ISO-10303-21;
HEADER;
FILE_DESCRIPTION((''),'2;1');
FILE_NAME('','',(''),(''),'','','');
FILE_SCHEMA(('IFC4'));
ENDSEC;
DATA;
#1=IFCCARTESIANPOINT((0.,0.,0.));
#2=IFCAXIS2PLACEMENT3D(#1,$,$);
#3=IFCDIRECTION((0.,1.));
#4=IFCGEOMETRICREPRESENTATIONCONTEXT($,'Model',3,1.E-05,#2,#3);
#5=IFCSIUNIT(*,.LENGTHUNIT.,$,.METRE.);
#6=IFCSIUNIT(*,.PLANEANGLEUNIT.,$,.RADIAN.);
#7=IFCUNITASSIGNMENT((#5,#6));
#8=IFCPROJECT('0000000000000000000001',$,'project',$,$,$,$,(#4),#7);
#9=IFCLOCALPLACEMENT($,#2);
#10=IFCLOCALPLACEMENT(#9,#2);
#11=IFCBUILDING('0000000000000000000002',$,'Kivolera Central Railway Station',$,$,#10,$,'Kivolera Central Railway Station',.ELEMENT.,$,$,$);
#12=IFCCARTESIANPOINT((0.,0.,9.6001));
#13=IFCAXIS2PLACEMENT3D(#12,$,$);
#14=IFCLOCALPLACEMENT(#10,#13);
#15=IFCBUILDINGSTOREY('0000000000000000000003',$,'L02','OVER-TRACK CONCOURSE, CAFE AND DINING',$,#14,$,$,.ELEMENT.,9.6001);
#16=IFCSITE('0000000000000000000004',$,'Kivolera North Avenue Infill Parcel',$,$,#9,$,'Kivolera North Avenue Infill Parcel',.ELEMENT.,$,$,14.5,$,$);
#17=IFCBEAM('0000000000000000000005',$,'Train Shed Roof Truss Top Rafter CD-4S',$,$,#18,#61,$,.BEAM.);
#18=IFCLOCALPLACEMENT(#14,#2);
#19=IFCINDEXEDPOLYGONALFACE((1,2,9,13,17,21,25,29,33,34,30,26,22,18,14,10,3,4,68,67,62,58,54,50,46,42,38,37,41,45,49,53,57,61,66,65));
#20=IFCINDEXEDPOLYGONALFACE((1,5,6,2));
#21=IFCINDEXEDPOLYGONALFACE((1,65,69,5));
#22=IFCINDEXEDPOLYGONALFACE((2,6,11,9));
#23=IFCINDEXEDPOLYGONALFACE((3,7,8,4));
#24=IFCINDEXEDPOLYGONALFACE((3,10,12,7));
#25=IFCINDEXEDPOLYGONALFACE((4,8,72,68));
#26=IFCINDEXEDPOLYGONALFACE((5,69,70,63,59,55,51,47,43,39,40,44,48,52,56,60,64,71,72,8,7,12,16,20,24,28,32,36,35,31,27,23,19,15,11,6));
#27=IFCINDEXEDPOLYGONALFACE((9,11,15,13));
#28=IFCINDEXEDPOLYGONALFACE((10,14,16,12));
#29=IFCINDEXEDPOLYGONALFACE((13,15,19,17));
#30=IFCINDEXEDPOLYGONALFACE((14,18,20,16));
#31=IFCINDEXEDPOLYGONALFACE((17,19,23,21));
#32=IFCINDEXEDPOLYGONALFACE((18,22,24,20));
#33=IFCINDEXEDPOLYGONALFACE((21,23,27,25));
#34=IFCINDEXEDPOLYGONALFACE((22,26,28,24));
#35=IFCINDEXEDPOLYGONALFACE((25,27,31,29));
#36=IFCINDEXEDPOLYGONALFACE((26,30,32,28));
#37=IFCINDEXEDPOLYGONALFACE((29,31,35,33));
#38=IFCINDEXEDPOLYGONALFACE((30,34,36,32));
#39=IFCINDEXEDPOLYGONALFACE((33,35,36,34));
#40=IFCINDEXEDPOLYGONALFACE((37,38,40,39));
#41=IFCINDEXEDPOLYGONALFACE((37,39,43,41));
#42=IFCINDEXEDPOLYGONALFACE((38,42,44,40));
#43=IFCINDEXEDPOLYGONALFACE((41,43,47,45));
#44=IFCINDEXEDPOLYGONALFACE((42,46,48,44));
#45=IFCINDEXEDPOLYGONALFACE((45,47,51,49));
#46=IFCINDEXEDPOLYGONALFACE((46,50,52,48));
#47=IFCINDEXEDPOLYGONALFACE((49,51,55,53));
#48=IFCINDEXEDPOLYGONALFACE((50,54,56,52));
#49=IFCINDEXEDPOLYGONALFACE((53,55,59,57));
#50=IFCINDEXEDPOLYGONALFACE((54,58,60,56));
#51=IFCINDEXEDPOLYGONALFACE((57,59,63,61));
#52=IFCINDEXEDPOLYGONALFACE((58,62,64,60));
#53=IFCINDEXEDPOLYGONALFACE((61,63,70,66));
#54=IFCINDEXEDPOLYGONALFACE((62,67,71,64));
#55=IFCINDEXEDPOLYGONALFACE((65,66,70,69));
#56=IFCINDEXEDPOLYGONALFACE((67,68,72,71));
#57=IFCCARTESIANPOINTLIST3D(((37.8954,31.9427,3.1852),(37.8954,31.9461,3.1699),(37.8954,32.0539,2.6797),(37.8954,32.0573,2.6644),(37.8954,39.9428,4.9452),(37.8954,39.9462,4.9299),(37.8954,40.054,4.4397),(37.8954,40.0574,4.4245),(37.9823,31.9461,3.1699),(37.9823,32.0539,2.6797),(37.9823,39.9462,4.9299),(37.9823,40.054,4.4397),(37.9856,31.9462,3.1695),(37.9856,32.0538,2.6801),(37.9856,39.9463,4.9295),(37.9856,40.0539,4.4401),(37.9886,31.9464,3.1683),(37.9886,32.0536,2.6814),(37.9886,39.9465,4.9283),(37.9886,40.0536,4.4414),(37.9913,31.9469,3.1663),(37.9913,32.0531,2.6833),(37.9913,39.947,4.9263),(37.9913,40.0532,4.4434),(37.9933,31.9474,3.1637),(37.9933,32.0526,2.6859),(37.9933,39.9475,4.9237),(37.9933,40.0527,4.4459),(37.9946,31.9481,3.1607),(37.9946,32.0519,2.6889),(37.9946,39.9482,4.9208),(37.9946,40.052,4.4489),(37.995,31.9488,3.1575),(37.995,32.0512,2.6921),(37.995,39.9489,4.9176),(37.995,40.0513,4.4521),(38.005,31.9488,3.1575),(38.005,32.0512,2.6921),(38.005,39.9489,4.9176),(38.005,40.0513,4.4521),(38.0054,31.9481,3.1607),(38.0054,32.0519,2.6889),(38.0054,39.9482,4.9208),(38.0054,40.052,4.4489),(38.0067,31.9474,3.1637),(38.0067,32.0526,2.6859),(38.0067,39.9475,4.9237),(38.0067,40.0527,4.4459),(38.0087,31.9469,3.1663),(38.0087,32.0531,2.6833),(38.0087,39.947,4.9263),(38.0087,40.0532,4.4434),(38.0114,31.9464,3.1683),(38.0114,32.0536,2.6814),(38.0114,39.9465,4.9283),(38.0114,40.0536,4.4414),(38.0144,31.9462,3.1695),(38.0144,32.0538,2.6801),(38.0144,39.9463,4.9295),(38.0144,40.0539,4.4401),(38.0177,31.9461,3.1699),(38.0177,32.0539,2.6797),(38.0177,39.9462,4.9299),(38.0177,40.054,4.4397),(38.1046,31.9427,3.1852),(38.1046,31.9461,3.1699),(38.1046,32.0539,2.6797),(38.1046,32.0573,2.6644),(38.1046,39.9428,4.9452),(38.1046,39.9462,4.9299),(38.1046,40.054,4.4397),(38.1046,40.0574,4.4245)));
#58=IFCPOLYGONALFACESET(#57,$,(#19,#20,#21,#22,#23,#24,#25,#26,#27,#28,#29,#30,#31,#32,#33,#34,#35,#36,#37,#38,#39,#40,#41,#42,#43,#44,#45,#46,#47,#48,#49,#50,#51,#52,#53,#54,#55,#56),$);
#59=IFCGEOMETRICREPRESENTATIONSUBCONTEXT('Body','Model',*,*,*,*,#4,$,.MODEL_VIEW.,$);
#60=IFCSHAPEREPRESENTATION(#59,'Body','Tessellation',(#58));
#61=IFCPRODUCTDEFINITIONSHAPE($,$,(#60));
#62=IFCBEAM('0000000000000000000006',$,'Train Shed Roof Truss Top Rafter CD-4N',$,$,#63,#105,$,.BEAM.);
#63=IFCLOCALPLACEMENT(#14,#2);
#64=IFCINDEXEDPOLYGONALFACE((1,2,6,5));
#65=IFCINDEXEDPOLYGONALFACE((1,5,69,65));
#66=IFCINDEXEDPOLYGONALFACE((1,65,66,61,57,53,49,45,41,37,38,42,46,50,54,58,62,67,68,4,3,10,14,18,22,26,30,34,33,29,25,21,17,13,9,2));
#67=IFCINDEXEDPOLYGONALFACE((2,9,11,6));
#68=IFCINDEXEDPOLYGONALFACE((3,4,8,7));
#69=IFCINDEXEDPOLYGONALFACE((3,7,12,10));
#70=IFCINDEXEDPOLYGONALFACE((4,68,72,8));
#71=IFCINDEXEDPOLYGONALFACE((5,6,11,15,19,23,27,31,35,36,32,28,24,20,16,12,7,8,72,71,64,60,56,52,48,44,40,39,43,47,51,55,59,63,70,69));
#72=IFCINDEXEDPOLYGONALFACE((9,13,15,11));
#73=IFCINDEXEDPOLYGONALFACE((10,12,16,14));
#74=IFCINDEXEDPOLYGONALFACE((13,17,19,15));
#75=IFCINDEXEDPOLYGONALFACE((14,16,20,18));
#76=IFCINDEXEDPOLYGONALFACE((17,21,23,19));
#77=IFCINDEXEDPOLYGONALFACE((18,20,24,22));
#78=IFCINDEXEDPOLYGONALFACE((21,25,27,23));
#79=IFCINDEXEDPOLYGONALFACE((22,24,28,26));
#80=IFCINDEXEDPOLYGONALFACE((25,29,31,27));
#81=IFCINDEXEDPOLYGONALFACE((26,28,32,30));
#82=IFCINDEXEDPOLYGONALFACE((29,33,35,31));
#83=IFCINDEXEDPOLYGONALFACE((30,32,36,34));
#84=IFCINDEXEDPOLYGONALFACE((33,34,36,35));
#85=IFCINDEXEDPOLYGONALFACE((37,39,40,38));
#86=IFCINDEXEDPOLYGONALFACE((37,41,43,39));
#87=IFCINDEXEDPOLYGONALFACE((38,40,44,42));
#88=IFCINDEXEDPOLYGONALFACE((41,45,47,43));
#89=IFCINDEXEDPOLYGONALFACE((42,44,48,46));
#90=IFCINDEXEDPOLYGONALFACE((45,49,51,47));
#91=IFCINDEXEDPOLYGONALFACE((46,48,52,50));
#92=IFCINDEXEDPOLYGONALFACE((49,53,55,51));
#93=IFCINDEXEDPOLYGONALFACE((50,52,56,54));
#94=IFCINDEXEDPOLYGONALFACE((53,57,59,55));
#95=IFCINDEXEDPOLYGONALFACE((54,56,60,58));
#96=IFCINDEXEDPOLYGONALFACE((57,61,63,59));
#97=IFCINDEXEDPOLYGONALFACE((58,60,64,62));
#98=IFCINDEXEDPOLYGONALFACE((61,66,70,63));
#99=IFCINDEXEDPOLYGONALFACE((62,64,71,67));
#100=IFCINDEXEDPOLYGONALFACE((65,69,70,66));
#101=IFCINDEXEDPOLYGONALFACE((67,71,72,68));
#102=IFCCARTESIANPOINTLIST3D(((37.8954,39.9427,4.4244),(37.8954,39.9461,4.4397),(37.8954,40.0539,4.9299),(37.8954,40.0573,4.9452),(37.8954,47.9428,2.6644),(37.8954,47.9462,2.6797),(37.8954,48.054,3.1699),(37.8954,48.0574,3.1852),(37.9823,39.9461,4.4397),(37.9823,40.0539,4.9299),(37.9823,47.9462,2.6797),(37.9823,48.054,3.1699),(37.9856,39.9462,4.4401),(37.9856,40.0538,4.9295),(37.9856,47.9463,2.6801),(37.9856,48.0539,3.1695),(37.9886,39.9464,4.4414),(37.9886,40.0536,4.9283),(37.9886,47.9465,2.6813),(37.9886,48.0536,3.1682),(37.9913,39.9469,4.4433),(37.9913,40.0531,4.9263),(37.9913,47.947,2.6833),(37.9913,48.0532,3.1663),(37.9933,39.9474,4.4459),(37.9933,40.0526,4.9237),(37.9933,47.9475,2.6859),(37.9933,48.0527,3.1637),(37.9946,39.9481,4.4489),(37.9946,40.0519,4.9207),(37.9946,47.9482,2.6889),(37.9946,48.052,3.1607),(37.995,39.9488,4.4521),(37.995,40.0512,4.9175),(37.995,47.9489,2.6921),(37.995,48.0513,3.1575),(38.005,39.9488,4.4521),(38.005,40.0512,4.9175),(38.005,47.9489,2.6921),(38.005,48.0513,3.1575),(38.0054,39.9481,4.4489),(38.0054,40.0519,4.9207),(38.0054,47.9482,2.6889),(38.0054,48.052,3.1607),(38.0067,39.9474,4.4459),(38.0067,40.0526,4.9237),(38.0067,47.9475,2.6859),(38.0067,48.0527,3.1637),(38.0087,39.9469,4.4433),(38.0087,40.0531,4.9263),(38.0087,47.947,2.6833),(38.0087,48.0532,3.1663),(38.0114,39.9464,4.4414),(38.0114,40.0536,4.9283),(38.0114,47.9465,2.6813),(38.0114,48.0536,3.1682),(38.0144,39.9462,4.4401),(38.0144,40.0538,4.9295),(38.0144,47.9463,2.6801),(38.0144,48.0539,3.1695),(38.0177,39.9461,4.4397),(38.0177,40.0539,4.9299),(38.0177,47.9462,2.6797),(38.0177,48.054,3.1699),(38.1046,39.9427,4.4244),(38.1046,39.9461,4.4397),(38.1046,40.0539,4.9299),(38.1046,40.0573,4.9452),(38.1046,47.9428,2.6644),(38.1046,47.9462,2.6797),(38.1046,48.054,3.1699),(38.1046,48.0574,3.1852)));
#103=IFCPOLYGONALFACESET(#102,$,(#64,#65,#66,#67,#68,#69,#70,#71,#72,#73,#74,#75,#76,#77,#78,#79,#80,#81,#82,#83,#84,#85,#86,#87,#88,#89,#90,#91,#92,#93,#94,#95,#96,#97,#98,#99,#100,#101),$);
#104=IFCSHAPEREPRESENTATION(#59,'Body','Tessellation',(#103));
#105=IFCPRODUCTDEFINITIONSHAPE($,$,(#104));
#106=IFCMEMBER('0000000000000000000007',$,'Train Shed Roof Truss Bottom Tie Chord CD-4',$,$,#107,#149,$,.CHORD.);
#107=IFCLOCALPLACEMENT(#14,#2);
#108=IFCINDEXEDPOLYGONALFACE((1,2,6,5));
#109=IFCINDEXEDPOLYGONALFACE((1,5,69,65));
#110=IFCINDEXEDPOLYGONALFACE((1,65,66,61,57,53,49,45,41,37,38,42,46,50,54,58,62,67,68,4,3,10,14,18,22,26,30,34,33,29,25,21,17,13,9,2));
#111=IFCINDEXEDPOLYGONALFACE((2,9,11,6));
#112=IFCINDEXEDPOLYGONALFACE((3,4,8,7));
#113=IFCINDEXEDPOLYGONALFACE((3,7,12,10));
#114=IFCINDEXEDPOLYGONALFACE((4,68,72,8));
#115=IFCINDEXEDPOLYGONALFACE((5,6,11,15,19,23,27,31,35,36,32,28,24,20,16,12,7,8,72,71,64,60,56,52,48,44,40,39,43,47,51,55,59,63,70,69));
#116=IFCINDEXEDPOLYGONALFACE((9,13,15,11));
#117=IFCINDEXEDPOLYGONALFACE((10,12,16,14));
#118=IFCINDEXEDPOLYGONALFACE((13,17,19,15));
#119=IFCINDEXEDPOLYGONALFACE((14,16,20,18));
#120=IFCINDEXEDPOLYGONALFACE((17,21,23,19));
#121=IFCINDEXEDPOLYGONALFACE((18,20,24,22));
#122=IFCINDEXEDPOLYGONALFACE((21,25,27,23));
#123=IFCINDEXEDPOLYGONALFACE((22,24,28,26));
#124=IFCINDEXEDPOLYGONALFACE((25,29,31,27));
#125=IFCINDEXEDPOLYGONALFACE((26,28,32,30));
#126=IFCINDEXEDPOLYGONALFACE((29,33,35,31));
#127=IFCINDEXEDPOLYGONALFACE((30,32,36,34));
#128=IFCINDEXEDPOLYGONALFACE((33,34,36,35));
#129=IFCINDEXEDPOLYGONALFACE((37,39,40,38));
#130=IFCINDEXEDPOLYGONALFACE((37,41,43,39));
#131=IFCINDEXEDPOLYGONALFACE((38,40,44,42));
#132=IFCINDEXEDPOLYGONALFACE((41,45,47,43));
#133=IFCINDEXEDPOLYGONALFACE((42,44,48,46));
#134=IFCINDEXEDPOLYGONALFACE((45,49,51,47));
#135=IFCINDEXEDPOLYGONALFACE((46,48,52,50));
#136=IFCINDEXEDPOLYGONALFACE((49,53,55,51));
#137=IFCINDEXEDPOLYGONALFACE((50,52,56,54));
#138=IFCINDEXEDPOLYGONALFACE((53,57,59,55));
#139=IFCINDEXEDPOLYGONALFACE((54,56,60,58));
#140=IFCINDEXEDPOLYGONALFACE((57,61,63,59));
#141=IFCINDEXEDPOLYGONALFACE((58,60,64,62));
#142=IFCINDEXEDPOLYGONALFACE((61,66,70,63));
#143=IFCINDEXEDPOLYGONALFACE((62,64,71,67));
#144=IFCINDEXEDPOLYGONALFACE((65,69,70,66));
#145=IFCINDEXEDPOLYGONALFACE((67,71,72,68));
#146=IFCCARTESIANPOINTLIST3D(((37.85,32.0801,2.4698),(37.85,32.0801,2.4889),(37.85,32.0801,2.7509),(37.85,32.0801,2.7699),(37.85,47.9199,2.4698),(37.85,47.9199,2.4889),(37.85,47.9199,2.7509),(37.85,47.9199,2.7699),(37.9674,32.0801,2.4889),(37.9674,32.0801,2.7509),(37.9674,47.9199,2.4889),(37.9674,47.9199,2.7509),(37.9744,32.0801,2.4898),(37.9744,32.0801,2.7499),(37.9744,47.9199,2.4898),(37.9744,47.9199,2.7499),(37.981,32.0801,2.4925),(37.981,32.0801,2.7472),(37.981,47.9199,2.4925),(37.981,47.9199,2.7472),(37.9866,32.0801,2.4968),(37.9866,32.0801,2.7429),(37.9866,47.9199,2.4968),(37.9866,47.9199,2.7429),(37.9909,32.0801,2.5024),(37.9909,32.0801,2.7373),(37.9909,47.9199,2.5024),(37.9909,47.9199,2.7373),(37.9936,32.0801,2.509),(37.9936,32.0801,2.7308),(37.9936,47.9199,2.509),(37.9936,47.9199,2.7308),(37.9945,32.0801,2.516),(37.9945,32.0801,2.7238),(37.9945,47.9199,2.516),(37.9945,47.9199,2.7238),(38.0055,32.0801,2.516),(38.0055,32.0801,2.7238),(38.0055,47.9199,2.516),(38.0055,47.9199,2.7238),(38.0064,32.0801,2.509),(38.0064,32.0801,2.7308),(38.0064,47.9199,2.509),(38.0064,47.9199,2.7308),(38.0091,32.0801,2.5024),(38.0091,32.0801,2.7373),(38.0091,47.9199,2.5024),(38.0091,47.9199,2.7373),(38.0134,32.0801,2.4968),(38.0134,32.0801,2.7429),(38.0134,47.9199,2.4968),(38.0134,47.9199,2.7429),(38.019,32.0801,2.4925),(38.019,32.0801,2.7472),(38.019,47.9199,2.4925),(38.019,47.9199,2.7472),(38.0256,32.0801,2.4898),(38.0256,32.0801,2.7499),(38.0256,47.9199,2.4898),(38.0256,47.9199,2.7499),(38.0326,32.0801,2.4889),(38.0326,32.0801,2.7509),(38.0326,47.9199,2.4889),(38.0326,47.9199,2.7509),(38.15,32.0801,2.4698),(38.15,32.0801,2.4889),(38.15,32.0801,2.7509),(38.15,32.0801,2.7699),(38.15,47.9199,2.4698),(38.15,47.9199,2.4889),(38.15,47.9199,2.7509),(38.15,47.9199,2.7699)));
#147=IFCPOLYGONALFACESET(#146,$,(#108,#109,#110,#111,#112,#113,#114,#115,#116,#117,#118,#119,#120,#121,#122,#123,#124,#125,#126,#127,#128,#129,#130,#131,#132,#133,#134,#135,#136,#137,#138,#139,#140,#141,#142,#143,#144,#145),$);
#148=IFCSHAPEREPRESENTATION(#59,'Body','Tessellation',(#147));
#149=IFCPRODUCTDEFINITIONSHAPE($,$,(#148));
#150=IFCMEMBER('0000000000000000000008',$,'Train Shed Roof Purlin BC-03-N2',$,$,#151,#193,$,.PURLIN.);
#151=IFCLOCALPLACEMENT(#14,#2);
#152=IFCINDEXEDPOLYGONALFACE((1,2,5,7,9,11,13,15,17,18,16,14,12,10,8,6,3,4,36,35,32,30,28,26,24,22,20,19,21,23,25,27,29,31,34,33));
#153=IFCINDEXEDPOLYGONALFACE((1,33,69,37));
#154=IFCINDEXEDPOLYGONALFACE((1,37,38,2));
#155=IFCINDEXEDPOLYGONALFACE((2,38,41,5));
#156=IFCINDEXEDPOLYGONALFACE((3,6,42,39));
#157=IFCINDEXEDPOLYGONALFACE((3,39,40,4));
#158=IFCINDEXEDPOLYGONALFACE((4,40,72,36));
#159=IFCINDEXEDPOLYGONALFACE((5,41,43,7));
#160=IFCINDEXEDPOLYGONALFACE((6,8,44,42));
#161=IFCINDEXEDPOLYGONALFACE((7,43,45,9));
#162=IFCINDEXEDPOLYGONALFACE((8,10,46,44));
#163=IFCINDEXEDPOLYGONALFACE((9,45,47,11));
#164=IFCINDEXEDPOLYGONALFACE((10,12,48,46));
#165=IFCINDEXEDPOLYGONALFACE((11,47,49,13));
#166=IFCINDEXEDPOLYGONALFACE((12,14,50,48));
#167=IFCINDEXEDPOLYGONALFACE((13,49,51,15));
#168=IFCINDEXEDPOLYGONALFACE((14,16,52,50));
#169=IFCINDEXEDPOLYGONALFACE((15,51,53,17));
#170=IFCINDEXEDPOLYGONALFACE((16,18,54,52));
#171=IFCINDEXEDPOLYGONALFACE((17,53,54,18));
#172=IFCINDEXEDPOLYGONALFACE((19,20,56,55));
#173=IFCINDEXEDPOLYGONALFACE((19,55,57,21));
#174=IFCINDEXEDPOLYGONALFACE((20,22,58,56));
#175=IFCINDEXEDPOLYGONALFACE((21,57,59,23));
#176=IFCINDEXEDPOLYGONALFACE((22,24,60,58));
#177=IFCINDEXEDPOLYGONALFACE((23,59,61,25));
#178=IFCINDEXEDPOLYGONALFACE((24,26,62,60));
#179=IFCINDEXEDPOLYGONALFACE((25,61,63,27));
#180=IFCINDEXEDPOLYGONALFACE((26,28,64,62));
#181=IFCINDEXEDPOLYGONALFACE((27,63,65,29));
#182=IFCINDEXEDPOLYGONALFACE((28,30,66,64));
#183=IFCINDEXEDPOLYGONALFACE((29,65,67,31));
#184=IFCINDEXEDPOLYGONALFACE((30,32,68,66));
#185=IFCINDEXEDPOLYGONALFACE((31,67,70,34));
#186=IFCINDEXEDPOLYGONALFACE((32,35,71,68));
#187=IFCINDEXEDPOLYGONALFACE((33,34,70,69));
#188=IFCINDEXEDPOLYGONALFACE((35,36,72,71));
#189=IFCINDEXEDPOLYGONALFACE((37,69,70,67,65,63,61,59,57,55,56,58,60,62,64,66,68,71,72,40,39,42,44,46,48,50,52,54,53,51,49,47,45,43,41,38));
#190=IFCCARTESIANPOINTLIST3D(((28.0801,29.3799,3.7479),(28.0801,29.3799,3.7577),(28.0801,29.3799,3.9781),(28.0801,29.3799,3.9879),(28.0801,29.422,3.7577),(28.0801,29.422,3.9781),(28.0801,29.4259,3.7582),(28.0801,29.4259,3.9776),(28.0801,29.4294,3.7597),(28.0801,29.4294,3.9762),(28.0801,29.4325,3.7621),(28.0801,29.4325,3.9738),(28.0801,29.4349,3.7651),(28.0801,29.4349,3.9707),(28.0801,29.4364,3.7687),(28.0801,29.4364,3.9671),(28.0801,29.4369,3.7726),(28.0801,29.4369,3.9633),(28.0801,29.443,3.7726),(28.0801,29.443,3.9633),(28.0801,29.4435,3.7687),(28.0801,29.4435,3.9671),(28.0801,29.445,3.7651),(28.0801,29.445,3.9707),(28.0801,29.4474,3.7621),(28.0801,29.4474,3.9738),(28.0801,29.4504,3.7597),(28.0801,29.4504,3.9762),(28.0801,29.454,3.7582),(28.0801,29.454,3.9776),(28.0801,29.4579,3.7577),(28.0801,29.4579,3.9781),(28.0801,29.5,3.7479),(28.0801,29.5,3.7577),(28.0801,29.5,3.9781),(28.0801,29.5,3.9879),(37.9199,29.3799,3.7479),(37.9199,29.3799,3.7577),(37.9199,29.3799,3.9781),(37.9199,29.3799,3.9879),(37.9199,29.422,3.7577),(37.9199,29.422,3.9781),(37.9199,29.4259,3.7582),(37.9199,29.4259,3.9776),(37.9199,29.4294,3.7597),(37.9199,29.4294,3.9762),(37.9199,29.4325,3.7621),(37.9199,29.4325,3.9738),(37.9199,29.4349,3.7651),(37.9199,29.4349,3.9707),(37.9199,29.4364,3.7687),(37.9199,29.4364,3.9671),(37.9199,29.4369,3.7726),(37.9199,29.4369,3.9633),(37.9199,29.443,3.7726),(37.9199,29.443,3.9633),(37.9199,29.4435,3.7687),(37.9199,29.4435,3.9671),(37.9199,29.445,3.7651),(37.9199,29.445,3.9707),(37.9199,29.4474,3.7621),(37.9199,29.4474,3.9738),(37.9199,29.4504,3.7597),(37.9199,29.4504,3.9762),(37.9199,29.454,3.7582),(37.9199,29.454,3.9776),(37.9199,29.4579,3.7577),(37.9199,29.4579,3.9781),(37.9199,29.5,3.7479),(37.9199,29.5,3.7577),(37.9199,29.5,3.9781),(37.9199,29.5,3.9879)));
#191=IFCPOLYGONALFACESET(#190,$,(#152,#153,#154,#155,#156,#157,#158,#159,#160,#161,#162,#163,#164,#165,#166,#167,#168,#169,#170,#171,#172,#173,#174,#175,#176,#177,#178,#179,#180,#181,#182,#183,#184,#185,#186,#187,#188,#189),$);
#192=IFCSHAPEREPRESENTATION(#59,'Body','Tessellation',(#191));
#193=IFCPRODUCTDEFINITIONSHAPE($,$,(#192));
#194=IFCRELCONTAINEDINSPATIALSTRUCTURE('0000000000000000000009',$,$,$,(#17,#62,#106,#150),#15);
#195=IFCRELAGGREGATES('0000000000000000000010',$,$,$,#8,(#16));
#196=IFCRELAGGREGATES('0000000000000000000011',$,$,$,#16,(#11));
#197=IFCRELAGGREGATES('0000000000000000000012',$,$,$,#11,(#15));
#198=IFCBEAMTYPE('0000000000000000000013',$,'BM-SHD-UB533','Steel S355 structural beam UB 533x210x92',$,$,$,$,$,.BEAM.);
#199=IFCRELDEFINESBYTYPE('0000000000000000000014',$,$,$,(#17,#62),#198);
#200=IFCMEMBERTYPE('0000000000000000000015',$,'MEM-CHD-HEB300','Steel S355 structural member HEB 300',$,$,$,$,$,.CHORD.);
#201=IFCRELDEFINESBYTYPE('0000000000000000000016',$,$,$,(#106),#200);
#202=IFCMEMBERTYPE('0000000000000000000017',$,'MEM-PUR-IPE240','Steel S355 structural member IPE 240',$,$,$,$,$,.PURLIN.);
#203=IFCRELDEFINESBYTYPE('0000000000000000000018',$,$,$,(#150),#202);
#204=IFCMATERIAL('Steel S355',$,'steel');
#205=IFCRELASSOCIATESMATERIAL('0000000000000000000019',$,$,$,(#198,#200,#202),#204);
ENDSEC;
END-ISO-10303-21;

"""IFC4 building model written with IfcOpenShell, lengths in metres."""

from ifc_helpers import new_model, si_unit, direction, frame, origin, origin_2d, place, context, subcontext, project, spatial, i_section, extrude, material, material_profile, profile_set, type_object, element, save


model = new_model("IFC4")

# Units and contexts
model_context = context("Model", 3, precision=1e-05, world=origin(), true_north=direction((0.0, 1.0)))
body_context = subcontext(model_context, "Body", "Model", "MODEL_VIEW")
ifc_project = project(units=[si_unit("LENGTHUNIT", "METRE"), si_unit("PLANEANGLEUNIT", "RADIAN")], contexts=[model_context])

# Site, building, storey
site_placement = place(None, origin())
site = spatial("IfcSite", under=ifc_project, at=site_placement, Name="Kivolera North Avenue Infill Parcel", LongName="Kivolera North Avenue Infill Parcel", CompositionType="ELEMENT", RefElevation=14.5)
building_placement = place(site_placement, origin())
building = spatial("IfcBuilding", under=site, at=building_placement, Name="Kivolera Central Railway Station", LongName="Kivolera Central Railway Station", CompositionType="ELEMENT")
storey_placement = place(building_placement, frame((0.0, 0.0, 9.6001)))
storey = spatial("IfcBuildingStorey", under=building, at=storey_placement, Name="L02", Description="OVER-TRACK CONCOURSE, CAFE AND DINING", CompositionType="ELEMENT", Elevation=9.6001)

# Shared definitions
ifc_material_1 = material(Name="Steel S355", Category="steel")

# Beams
ifc_material_profile_1 = material_profile(ifc_material_1, i_section(OverallWidth=0.2092, OverallDepth=0.5332, WebThickness=0.01, FlangeThickness=0.0156, FilletRadius=0.0127, at=origin_2d()), Name="UB 533x210x92")
ifc_profile_set_1 = profile_set([ifc_material_profile_1], Name="Steel S355")
beam_type_1 = type_object("IfcBeamType", Name="BM-SHD-UB533", Description="Steel S355 structural beam UB 533x210x92", PredefinedType="BEAM", material=ifc_profile_set_1)
for number, where, z_axis, x_axis, name in (
    (1, (38.0, 32.0, 2.9248), (0.0, 0.976644, 0.214863), (-1.0, 0.0, 0.0), "Train Shed Roof Truss Top Rafter CD-4S"),
    (2, (38.0, 40.0, 4.6848), (0.0, 0.976644, -0.214863), (-1.0, 0.0, 0.0), "Train Shed Roof Truss Top Rafter CD-4N"),
):
    element("IfcBeam", number, at=place(storey_placement, frame(where, z_axis=z_axis, x_axis=x_axis)), inside=storey, type_object=beam_type_1, Name=name, PredefinedType="BEAM", context=body_context, shape_type="SweptSolid", body=[
        extrude(i_section(OverallWidth=0.2092, OverallDepth=0.5332, WebThickness=0.01, FlangeThickness=0.0156, FilletRadius=0.0127, at=origin_2d()), origin(), (0.0, 0.0, 1.0), 8.1914),
    ])

# Members
ifc_material_profile_2 = material_profile(ifc_material_1, i_section(OverallWidth=0.3, OverallDepth=0.3, WebThickness=0.011, FlangeThickness=0.019, FilletRadius=0.0271, at=origin_2d()), Name="HEB 300")
ifc_profile_set_2 = profile_set([ifc_material_profile_2], Name="Steel S355")
member_type_1 = type_object("IfcMemberType", Name="MEM-CHD-HEB300", Description="Steel S355 structural member HEB 300", PredefinedType="CHORD", material=ifc_profile_set_2)
member_placement = place(storey_placement, frame((38.0, 32.0801, 2.6199), z_axis=(0.0, 1.0, 0.0), x_axis=(-1.0, 0.0, 0.0)))
element("IfcMember", 3, at=member_placement, inside=storey, type_object=member_type_1, Name="Train Shed Roof Truss Bottom Tie Chord CD-4", PredefinedType="CHORD", context=body_context, shape_type="SweptSolid", body=[
    extrude(i_section(OverallWidth=0.3, OverallDepth=0.3, WebThickness=0.011, FlangeThickness=0.019, FilletRadius=0.0271, at=origin_2d()), origin(), (0.0, 0.0, 1.0), 15.8398),
])
ifc_material_profile_3 = material_profile(ifc_material_1, i_section(OverallWidth=0.1201, OverallDepth=0.24, WebThickness=0.0061, FlangeThickness=0.0098, FilletRadius=0.0149, at=origin_2d()), Name="IPE 240")
ifc_profile_set_3 = profile_set([ifc_material_profile_3], Name="Steel S355")
member_type_2 = type_object("IfcMemberType", Name="MEM-PUR-IPE240", Description="Steel S355 structural member IPE 240", PredefinedType="PURLIN", material=ifc_profile_set_3)
for number, where, z_axis, x_axis, name in (
    (4, (28.0801, 29.4399, 3.8679), (1.0, 0.0, 0.0), (0.0, 1.0, 0.0), "Train Shed Roof Purlin BC-03-N2"),
):
    element("IfcMember", number, at=place(storey_placement, frame(where, z_axis=z_axis, x_axis=x_axis)), inside=storey, type_object=member_type_2, Name=name, PredefinedType="PURLIN", context=body_context, shape_type="SweptSolid", body=[
        extrude(i_section(OverallWidth=0.1201, OverallDepth=0.24, WebThickness=0.0061, FlangeThickness=0.0098, FilletRadius=0.0149, at=origin_2d()), origin(), (0.0, 0.0, 1.0), 9.8398),
    ])

save(model, "model.ifc")
